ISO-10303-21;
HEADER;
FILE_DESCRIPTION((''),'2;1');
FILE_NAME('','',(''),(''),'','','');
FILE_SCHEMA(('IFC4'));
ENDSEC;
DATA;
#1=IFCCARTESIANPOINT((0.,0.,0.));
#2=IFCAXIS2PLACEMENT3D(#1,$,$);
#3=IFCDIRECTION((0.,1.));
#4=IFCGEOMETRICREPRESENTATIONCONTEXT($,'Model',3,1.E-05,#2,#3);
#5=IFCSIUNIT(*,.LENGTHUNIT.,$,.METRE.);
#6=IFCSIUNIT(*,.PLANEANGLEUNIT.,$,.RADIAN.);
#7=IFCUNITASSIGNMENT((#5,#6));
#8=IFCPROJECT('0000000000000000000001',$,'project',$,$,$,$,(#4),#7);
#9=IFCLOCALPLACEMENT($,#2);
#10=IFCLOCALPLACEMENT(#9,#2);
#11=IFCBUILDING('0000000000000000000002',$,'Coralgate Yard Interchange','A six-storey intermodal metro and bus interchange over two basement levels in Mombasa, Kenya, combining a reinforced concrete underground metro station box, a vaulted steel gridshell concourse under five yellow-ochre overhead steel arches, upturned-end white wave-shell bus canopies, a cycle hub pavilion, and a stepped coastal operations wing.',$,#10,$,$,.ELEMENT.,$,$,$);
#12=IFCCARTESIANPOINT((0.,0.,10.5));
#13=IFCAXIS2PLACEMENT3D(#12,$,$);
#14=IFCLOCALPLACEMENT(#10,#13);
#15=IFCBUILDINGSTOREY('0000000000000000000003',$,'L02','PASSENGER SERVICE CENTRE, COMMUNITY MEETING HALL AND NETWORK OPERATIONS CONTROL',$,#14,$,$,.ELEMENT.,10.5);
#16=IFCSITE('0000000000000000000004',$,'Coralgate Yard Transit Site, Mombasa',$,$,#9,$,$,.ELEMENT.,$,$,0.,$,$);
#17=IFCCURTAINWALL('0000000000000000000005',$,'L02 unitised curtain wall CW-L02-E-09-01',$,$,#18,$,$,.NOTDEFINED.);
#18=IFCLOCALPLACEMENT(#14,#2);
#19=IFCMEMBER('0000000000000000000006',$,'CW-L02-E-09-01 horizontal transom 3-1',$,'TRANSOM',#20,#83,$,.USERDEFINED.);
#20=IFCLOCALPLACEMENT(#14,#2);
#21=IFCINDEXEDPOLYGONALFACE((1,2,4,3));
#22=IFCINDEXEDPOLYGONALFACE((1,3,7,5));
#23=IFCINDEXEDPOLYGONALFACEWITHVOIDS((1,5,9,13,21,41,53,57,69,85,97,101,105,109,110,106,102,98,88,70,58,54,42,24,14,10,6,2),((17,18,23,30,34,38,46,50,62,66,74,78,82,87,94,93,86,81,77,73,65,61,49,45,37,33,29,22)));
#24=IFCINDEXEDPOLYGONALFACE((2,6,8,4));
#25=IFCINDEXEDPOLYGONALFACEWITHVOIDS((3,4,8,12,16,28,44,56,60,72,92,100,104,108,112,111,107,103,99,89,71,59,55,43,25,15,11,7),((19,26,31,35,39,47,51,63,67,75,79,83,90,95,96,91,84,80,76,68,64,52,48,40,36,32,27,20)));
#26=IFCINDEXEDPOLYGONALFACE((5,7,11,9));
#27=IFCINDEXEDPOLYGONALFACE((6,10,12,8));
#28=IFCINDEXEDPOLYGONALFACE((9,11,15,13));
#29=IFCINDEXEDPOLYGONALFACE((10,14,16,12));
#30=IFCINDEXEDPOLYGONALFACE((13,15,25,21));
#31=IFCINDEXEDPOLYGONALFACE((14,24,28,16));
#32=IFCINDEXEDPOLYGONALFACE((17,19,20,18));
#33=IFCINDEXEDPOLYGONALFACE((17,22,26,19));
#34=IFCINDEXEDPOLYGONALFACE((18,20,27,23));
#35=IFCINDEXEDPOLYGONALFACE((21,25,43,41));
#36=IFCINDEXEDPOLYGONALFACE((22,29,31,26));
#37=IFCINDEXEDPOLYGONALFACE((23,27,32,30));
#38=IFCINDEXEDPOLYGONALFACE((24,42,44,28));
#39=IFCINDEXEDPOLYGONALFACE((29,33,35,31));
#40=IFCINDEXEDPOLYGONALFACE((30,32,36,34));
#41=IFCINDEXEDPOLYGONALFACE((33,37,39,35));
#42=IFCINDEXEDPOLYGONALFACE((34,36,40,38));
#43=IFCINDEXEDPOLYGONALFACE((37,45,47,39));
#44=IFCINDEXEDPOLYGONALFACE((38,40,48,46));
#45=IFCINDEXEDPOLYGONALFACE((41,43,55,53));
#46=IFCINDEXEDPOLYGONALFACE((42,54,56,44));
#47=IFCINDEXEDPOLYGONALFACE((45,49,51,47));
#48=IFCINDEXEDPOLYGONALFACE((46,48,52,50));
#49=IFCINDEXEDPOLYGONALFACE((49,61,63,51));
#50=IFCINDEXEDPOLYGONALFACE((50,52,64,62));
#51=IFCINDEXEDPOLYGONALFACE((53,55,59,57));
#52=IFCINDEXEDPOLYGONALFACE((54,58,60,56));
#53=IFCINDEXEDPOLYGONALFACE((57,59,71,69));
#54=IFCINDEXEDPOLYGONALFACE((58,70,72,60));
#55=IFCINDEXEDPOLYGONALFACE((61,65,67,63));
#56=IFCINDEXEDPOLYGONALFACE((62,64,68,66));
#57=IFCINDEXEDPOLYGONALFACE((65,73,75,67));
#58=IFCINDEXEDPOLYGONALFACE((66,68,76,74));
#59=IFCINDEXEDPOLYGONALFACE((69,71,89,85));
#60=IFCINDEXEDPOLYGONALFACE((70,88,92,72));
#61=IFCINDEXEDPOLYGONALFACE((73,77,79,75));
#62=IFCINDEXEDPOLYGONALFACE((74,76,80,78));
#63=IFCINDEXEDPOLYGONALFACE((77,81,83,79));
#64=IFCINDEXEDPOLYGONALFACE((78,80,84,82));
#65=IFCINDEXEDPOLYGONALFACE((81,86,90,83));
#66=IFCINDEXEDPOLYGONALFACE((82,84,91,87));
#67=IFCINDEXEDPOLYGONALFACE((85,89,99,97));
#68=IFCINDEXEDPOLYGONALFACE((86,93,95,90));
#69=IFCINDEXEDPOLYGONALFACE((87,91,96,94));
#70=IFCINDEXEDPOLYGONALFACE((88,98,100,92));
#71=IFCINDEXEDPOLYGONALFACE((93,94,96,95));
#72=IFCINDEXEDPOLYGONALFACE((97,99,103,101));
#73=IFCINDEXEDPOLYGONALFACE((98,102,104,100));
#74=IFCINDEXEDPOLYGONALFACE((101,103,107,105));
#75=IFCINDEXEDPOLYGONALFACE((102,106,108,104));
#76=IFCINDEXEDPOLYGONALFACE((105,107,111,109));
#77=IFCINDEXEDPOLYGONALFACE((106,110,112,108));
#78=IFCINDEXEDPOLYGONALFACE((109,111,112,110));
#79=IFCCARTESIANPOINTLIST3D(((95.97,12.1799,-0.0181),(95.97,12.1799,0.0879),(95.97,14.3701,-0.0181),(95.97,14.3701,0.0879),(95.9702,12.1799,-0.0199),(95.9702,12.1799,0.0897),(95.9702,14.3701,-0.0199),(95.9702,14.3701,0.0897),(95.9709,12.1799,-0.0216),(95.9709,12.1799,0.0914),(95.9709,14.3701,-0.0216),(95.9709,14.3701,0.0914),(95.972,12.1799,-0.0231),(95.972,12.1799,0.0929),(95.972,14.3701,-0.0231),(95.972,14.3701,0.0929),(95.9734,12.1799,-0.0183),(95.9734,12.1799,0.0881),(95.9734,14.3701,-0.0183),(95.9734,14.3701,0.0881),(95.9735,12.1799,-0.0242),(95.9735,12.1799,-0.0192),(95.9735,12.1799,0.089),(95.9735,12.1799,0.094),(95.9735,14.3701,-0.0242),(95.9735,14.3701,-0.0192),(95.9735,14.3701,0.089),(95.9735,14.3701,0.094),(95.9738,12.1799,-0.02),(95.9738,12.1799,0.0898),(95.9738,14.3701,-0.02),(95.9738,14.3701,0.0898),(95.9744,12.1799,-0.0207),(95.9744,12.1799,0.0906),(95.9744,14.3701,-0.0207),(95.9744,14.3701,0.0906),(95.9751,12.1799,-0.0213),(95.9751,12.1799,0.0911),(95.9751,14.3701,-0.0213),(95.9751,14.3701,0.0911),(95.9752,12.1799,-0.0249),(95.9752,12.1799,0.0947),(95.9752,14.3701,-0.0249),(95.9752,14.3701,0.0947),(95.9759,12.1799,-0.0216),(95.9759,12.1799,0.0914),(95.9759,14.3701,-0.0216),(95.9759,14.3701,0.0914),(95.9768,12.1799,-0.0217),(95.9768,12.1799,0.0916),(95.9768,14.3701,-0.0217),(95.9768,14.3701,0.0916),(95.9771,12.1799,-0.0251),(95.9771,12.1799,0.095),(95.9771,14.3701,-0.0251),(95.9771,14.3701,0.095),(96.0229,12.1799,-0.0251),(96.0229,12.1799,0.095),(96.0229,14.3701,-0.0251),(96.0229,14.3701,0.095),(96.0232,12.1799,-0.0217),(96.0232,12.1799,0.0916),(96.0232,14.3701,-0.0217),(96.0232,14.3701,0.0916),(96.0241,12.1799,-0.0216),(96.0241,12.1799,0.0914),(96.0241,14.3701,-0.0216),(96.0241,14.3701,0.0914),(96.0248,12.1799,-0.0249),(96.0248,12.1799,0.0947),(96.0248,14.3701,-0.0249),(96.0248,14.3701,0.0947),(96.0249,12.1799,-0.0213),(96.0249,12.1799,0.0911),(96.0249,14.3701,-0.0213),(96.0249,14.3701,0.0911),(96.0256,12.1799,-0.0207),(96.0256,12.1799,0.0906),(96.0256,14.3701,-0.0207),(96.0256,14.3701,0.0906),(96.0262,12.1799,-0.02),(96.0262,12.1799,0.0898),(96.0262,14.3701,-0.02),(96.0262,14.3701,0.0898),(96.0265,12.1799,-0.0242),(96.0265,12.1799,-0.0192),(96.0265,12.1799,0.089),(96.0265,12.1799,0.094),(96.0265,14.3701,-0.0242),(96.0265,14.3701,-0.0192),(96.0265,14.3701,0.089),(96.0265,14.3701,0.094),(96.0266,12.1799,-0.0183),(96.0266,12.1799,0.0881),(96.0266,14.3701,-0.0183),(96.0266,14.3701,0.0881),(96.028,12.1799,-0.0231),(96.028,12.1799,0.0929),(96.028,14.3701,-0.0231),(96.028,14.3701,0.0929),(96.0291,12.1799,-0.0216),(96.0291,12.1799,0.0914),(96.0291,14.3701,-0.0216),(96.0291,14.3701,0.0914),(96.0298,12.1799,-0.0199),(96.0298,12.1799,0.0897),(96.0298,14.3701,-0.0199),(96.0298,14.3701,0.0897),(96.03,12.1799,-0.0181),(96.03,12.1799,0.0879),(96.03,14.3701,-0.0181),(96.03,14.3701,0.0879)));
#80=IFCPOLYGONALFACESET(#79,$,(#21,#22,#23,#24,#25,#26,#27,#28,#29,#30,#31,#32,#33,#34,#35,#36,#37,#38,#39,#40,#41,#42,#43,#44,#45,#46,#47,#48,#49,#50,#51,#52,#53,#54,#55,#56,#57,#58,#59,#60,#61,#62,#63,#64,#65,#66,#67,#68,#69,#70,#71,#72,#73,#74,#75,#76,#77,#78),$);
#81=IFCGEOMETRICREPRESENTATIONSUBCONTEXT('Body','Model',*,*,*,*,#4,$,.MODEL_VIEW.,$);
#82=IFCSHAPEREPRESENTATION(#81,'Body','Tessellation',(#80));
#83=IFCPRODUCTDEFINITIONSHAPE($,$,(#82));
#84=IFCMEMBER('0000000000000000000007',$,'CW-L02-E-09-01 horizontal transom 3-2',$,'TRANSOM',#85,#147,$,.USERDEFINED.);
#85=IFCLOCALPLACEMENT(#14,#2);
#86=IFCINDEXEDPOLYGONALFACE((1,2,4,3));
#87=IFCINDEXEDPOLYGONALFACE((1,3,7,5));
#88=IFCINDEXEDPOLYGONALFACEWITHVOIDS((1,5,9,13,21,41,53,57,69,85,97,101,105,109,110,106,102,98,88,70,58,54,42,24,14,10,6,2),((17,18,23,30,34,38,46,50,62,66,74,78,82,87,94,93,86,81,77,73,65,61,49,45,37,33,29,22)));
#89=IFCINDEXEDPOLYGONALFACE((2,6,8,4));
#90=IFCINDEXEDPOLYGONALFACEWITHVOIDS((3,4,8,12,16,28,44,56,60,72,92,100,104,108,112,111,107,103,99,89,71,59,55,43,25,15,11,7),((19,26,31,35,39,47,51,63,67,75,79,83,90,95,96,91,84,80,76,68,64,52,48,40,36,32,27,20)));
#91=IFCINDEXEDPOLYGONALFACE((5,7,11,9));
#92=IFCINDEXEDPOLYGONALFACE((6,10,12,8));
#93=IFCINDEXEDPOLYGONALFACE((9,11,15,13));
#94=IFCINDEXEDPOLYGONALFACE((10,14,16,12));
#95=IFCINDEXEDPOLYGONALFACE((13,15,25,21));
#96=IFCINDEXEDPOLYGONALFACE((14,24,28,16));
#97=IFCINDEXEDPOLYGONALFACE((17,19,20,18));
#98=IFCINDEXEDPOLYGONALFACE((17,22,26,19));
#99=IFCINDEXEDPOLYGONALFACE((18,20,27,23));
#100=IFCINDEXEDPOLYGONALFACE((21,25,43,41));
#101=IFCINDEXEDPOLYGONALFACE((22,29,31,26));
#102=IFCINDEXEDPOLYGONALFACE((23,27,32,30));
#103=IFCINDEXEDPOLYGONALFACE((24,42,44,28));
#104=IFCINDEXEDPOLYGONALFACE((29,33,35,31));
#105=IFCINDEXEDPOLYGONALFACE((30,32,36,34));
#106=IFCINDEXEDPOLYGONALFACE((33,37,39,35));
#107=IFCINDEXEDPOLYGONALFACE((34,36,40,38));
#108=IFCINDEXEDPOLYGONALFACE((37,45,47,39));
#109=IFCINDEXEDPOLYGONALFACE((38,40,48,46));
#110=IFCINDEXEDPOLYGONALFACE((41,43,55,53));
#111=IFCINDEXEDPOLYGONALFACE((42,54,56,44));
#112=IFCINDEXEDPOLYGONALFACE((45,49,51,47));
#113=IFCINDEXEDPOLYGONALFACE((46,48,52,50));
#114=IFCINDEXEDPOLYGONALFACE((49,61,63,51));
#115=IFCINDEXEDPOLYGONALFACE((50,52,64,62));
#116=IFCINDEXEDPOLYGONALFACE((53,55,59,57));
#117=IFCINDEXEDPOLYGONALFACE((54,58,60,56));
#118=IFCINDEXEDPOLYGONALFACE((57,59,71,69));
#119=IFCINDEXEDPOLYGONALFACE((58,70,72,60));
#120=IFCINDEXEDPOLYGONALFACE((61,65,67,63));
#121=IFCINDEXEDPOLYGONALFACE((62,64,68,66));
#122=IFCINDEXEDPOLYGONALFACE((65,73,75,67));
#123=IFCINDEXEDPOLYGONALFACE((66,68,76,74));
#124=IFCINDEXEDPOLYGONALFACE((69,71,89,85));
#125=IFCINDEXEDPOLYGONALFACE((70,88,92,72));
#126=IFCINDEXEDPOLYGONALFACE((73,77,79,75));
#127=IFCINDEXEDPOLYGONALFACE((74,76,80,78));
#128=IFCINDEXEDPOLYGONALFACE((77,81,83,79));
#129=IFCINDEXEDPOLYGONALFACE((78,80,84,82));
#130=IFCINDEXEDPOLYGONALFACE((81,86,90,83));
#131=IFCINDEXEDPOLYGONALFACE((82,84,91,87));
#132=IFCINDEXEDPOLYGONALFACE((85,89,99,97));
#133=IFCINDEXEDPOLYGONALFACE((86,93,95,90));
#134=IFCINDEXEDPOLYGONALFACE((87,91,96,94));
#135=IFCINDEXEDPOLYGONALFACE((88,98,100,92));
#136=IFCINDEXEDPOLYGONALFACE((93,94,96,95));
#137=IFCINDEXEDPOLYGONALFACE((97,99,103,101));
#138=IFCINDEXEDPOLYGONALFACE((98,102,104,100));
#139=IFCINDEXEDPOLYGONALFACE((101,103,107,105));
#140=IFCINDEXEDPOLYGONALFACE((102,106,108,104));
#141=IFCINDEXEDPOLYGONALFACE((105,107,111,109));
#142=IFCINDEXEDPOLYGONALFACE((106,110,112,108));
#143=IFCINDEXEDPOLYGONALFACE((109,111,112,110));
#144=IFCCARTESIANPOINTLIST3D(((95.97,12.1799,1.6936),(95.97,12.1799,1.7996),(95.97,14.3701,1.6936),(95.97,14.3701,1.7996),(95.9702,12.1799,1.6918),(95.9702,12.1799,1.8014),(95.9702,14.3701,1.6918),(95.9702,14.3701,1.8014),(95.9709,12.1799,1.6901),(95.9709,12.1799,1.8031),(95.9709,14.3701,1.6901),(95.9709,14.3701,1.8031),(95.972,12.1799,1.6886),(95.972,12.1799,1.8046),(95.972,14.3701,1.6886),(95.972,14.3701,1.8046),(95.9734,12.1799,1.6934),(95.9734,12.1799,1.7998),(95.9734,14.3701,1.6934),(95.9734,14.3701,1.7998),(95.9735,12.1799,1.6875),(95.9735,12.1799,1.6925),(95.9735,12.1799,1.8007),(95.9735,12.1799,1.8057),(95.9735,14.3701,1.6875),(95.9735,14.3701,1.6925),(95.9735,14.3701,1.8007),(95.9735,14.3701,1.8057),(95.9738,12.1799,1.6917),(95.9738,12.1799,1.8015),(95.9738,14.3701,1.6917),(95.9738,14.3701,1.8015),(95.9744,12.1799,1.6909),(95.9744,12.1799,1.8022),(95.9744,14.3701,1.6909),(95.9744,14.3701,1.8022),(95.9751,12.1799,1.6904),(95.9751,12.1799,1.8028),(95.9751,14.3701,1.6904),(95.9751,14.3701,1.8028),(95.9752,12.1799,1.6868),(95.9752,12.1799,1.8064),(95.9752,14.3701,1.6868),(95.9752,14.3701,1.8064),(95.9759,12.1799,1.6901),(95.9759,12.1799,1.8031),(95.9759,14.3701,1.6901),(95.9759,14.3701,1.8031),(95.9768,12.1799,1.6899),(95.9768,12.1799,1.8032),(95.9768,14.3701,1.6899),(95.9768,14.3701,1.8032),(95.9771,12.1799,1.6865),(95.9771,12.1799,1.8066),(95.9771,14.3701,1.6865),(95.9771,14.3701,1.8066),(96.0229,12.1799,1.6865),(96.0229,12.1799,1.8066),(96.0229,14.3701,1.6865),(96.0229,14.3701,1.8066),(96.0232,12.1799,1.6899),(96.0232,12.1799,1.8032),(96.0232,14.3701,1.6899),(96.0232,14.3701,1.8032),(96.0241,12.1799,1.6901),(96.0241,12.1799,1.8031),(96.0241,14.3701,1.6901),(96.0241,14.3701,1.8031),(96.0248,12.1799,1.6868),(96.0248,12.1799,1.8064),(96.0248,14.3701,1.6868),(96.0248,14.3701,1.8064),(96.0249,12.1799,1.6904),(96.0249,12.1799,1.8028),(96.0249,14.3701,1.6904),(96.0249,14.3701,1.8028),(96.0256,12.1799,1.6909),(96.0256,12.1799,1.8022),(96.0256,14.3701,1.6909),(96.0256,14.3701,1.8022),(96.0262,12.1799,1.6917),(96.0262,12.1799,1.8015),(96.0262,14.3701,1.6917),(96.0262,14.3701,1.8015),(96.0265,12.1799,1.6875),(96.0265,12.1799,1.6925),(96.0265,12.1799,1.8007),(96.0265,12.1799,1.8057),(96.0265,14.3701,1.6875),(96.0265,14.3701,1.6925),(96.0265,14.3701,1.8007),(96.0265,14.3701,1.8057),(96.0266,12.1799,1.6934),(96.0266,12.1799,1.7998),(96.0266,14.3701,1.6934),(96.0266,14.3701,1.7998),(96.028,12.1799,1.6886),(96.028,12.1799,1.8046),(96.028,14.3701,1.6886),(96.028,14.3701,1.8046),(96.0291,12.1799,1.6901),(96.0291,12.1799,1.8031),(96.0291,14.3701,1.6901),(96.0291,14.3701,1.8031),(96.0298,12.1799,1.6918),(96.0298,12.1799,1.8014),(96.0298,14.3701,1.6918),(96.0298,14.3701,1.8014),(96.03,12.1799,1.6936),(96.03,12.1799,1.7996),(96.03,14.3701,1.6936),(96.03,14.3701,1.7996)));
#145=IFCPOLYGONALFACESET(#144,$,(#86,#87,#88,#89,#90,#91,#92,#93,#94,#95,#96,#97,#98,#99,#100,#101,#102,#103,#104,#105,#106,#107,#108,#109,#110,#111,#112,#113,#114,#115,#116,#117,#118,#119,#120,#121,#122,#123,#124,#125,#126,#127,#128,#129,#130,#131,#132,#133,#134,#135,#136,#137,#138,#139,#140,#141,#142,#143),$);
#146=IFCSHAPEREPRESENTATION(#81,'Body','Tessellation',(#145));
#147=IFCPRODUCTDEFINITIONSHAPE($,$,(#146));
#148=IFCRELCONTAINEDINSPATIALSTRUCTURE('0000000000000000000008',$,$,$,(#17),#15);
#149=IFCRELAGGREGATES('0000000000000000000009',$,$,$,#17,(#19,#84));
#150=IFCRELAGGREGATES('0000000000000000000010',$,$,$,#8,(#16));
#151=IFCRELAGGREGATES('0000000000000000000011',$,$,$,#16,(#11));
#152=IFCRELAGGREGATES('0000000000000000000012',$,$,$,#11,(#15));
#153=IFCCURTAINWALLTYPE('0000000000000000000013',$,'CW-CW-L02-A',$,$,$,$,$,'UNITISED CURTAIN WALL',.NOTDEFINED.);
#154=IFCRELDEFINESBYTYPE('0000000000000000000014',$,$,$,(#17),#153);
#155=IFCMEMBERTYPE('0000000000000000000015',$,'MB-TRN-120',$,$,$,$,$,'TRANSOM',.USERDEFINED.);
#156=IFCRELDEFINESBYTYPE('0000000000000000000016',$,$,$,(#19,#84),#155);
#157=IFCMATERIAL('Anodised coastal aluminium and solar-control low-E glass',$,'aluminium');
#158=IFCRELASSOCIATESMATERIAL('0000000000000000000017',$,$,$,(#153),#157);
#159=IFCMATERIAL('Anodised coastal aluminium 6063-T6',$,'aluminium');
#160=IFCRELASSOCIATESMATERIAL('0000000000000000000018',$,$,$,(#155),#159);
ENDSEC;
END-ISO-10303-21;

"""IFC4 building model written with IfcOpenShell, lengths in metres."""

from ifc_helpers import new_model, si_unit, direction, frame, origin, origin_2d, place, context, subcontext, project, spatial, hollow_rectangle, extrude, material, material_profile, profile_set, type_object, element, aggregate, save


model = new_model("IFC4")

# Units and contexts
model_context = context("Model", 3, precision=1e-05, world=origin(), true_north=direction((0.0, 1.0)))
body_context = subcontext(model_context, "Body", "Model", "MODEL_VIEW")
ifc_project = project(units=[si_unit("LENGTHUNIT", "METRE"), si_unit("PLANEANGLEUNIT", "RADIAN")], contexts=[model_context])

# Site, building, storey
site_placement = place(None, origin())
site = spatial("IfcSite", under=ifc_project, at=site_placement, Name="Coralgate Yard Transit Site, Mombasa", CompositionType="ELEMENT", RefElevation=0.0)
building_placement = place(site_placement, origin())
building = spatial("IfcBuilding", under=site, at=building_placement, Name="Coralgate Yard Interchange", Description="A six-storey intermodal metro and bus interchange over two basement levels in Mombasa, Kenya, combining a reinforced concrete underground metro station box, a vaulted steel gridshell concourse under five yellow-ochre overhead steel arches, upturned-end white wave-shell bus canopies, a cycle hub pavilion, and a stepped coastal operations wing.", CompositionType="ELEMENT")
storey_placement = place(building_placement, frame((0.0, 0.0, 10.5)))
storey = spatial("IfcBuildingStorey", under=building, at=storey_placement, Name="L02", Description="PASSENGER SERVICE CENTRE, COMMUNITY MEETING HALL AND NETWORK OPERATIONS CONTROL", CompositionType="ELEMENT", Elevation=10.5)

# Shared definitions
ifc_material_1 = material(Name="Anodised coastal aluminium and solar-control low-E glass", Category="aluminium")
curtain_wall_type = type_object("IfcCurtainWallType", Name="CW-CW-L02-A", ElementType="UNITISED CURTAIN WALL", PredefinedType="NOTDEFINED", material=ifc_material_1)
ifc_material_2 = material(Name="Anodised coastal aluminium 6063-T6", Category="aluminium")

# Curtain wall
curtain_wall_1_placement = place(storey_placement, origin())
curtain_wall_1 = element("IfcCurtainWall", 1, at=curtain_wall_1_placement, inside=storey, type_object=curtain_wall_type, Name="L02 unitised curtain wall CW-L02-E-09-01", PredefinedType="NOTDEFINED")

# Members
ifc_material_profile_1 = material_profile(ifc_material_2, hollow_rectangle(XDim=0.0601, YDim=0.1201, WallThickness=0.0034, InnerFilletRadius=0.0034, OuterFilletRadius=0.0071, at=origin_2d()), Name="ALU 60x120x3.5")
ifc_profile_set_1 = profile_set([ifc_material_profile_1], Name="Anodised coastal aluminium 6063-T6")
member_type_1 = type_object("IfcMemberType", Name="MB-TRN-120", ElementType="TRANSOM", PredefinedType="USERDEFINED", material=ifc_profile_set_1)
member_1_placement = place(storey_placement, frame((96.0, 14.3701, 0.0349), z_axis=(0.0, -1.0, 0.0), x_axis=(1.0, 0.0, 0.0)))
member_1 = element("IfcMember", 2, at=member_1_placement, type_object=member_type_1, Name="CW-L02-E-09-01 horizontal transom 3-1", ObjectType="TRANSOM", PredefinedType="USERDEFINED", context=body_context, shape_type="SweptSolid", body=[
    extrude(hollow_rectangle(XDim=0.0601, YDim=0.1201, WallThickness=0.0034, InnerFilletRadius=0.0034, OuterFilletRadius=0.0071, at=origin_2d()), origin(), (0.0, 0.0, 1.0), 2.1902),
])
member_2_placement = place(storey_placement, frame((96.0, 14.3701, 1.7466), z_axis=(0.0, -1.0, 0.0), x_axis=(1.0, 0.0, 0.0)))
member_2 = element("IfcMember", 3, at=member_2_placement, type_object=member_type_1, Name="CW-L02-E-09-01 horizontal transom 3-2", ObjectType="TRANSOM", PredefinedType="USERDEFINED", context=body_context, shape_type="SweptSolid", body=[
    extrude(hollow_rectangle(XDim=0.0601, YDim=0.1201, WallThickness=0.0034, InnerFilletRadius=0.0034, OuterFilletRadius=0.0071, at=origin_2d()), origin(), (0.0, 0.0, 1.0), 2.1902),
])

aggregate(curtain_wall_1, [member_1, member_2])

save(model, "model.ifc")
